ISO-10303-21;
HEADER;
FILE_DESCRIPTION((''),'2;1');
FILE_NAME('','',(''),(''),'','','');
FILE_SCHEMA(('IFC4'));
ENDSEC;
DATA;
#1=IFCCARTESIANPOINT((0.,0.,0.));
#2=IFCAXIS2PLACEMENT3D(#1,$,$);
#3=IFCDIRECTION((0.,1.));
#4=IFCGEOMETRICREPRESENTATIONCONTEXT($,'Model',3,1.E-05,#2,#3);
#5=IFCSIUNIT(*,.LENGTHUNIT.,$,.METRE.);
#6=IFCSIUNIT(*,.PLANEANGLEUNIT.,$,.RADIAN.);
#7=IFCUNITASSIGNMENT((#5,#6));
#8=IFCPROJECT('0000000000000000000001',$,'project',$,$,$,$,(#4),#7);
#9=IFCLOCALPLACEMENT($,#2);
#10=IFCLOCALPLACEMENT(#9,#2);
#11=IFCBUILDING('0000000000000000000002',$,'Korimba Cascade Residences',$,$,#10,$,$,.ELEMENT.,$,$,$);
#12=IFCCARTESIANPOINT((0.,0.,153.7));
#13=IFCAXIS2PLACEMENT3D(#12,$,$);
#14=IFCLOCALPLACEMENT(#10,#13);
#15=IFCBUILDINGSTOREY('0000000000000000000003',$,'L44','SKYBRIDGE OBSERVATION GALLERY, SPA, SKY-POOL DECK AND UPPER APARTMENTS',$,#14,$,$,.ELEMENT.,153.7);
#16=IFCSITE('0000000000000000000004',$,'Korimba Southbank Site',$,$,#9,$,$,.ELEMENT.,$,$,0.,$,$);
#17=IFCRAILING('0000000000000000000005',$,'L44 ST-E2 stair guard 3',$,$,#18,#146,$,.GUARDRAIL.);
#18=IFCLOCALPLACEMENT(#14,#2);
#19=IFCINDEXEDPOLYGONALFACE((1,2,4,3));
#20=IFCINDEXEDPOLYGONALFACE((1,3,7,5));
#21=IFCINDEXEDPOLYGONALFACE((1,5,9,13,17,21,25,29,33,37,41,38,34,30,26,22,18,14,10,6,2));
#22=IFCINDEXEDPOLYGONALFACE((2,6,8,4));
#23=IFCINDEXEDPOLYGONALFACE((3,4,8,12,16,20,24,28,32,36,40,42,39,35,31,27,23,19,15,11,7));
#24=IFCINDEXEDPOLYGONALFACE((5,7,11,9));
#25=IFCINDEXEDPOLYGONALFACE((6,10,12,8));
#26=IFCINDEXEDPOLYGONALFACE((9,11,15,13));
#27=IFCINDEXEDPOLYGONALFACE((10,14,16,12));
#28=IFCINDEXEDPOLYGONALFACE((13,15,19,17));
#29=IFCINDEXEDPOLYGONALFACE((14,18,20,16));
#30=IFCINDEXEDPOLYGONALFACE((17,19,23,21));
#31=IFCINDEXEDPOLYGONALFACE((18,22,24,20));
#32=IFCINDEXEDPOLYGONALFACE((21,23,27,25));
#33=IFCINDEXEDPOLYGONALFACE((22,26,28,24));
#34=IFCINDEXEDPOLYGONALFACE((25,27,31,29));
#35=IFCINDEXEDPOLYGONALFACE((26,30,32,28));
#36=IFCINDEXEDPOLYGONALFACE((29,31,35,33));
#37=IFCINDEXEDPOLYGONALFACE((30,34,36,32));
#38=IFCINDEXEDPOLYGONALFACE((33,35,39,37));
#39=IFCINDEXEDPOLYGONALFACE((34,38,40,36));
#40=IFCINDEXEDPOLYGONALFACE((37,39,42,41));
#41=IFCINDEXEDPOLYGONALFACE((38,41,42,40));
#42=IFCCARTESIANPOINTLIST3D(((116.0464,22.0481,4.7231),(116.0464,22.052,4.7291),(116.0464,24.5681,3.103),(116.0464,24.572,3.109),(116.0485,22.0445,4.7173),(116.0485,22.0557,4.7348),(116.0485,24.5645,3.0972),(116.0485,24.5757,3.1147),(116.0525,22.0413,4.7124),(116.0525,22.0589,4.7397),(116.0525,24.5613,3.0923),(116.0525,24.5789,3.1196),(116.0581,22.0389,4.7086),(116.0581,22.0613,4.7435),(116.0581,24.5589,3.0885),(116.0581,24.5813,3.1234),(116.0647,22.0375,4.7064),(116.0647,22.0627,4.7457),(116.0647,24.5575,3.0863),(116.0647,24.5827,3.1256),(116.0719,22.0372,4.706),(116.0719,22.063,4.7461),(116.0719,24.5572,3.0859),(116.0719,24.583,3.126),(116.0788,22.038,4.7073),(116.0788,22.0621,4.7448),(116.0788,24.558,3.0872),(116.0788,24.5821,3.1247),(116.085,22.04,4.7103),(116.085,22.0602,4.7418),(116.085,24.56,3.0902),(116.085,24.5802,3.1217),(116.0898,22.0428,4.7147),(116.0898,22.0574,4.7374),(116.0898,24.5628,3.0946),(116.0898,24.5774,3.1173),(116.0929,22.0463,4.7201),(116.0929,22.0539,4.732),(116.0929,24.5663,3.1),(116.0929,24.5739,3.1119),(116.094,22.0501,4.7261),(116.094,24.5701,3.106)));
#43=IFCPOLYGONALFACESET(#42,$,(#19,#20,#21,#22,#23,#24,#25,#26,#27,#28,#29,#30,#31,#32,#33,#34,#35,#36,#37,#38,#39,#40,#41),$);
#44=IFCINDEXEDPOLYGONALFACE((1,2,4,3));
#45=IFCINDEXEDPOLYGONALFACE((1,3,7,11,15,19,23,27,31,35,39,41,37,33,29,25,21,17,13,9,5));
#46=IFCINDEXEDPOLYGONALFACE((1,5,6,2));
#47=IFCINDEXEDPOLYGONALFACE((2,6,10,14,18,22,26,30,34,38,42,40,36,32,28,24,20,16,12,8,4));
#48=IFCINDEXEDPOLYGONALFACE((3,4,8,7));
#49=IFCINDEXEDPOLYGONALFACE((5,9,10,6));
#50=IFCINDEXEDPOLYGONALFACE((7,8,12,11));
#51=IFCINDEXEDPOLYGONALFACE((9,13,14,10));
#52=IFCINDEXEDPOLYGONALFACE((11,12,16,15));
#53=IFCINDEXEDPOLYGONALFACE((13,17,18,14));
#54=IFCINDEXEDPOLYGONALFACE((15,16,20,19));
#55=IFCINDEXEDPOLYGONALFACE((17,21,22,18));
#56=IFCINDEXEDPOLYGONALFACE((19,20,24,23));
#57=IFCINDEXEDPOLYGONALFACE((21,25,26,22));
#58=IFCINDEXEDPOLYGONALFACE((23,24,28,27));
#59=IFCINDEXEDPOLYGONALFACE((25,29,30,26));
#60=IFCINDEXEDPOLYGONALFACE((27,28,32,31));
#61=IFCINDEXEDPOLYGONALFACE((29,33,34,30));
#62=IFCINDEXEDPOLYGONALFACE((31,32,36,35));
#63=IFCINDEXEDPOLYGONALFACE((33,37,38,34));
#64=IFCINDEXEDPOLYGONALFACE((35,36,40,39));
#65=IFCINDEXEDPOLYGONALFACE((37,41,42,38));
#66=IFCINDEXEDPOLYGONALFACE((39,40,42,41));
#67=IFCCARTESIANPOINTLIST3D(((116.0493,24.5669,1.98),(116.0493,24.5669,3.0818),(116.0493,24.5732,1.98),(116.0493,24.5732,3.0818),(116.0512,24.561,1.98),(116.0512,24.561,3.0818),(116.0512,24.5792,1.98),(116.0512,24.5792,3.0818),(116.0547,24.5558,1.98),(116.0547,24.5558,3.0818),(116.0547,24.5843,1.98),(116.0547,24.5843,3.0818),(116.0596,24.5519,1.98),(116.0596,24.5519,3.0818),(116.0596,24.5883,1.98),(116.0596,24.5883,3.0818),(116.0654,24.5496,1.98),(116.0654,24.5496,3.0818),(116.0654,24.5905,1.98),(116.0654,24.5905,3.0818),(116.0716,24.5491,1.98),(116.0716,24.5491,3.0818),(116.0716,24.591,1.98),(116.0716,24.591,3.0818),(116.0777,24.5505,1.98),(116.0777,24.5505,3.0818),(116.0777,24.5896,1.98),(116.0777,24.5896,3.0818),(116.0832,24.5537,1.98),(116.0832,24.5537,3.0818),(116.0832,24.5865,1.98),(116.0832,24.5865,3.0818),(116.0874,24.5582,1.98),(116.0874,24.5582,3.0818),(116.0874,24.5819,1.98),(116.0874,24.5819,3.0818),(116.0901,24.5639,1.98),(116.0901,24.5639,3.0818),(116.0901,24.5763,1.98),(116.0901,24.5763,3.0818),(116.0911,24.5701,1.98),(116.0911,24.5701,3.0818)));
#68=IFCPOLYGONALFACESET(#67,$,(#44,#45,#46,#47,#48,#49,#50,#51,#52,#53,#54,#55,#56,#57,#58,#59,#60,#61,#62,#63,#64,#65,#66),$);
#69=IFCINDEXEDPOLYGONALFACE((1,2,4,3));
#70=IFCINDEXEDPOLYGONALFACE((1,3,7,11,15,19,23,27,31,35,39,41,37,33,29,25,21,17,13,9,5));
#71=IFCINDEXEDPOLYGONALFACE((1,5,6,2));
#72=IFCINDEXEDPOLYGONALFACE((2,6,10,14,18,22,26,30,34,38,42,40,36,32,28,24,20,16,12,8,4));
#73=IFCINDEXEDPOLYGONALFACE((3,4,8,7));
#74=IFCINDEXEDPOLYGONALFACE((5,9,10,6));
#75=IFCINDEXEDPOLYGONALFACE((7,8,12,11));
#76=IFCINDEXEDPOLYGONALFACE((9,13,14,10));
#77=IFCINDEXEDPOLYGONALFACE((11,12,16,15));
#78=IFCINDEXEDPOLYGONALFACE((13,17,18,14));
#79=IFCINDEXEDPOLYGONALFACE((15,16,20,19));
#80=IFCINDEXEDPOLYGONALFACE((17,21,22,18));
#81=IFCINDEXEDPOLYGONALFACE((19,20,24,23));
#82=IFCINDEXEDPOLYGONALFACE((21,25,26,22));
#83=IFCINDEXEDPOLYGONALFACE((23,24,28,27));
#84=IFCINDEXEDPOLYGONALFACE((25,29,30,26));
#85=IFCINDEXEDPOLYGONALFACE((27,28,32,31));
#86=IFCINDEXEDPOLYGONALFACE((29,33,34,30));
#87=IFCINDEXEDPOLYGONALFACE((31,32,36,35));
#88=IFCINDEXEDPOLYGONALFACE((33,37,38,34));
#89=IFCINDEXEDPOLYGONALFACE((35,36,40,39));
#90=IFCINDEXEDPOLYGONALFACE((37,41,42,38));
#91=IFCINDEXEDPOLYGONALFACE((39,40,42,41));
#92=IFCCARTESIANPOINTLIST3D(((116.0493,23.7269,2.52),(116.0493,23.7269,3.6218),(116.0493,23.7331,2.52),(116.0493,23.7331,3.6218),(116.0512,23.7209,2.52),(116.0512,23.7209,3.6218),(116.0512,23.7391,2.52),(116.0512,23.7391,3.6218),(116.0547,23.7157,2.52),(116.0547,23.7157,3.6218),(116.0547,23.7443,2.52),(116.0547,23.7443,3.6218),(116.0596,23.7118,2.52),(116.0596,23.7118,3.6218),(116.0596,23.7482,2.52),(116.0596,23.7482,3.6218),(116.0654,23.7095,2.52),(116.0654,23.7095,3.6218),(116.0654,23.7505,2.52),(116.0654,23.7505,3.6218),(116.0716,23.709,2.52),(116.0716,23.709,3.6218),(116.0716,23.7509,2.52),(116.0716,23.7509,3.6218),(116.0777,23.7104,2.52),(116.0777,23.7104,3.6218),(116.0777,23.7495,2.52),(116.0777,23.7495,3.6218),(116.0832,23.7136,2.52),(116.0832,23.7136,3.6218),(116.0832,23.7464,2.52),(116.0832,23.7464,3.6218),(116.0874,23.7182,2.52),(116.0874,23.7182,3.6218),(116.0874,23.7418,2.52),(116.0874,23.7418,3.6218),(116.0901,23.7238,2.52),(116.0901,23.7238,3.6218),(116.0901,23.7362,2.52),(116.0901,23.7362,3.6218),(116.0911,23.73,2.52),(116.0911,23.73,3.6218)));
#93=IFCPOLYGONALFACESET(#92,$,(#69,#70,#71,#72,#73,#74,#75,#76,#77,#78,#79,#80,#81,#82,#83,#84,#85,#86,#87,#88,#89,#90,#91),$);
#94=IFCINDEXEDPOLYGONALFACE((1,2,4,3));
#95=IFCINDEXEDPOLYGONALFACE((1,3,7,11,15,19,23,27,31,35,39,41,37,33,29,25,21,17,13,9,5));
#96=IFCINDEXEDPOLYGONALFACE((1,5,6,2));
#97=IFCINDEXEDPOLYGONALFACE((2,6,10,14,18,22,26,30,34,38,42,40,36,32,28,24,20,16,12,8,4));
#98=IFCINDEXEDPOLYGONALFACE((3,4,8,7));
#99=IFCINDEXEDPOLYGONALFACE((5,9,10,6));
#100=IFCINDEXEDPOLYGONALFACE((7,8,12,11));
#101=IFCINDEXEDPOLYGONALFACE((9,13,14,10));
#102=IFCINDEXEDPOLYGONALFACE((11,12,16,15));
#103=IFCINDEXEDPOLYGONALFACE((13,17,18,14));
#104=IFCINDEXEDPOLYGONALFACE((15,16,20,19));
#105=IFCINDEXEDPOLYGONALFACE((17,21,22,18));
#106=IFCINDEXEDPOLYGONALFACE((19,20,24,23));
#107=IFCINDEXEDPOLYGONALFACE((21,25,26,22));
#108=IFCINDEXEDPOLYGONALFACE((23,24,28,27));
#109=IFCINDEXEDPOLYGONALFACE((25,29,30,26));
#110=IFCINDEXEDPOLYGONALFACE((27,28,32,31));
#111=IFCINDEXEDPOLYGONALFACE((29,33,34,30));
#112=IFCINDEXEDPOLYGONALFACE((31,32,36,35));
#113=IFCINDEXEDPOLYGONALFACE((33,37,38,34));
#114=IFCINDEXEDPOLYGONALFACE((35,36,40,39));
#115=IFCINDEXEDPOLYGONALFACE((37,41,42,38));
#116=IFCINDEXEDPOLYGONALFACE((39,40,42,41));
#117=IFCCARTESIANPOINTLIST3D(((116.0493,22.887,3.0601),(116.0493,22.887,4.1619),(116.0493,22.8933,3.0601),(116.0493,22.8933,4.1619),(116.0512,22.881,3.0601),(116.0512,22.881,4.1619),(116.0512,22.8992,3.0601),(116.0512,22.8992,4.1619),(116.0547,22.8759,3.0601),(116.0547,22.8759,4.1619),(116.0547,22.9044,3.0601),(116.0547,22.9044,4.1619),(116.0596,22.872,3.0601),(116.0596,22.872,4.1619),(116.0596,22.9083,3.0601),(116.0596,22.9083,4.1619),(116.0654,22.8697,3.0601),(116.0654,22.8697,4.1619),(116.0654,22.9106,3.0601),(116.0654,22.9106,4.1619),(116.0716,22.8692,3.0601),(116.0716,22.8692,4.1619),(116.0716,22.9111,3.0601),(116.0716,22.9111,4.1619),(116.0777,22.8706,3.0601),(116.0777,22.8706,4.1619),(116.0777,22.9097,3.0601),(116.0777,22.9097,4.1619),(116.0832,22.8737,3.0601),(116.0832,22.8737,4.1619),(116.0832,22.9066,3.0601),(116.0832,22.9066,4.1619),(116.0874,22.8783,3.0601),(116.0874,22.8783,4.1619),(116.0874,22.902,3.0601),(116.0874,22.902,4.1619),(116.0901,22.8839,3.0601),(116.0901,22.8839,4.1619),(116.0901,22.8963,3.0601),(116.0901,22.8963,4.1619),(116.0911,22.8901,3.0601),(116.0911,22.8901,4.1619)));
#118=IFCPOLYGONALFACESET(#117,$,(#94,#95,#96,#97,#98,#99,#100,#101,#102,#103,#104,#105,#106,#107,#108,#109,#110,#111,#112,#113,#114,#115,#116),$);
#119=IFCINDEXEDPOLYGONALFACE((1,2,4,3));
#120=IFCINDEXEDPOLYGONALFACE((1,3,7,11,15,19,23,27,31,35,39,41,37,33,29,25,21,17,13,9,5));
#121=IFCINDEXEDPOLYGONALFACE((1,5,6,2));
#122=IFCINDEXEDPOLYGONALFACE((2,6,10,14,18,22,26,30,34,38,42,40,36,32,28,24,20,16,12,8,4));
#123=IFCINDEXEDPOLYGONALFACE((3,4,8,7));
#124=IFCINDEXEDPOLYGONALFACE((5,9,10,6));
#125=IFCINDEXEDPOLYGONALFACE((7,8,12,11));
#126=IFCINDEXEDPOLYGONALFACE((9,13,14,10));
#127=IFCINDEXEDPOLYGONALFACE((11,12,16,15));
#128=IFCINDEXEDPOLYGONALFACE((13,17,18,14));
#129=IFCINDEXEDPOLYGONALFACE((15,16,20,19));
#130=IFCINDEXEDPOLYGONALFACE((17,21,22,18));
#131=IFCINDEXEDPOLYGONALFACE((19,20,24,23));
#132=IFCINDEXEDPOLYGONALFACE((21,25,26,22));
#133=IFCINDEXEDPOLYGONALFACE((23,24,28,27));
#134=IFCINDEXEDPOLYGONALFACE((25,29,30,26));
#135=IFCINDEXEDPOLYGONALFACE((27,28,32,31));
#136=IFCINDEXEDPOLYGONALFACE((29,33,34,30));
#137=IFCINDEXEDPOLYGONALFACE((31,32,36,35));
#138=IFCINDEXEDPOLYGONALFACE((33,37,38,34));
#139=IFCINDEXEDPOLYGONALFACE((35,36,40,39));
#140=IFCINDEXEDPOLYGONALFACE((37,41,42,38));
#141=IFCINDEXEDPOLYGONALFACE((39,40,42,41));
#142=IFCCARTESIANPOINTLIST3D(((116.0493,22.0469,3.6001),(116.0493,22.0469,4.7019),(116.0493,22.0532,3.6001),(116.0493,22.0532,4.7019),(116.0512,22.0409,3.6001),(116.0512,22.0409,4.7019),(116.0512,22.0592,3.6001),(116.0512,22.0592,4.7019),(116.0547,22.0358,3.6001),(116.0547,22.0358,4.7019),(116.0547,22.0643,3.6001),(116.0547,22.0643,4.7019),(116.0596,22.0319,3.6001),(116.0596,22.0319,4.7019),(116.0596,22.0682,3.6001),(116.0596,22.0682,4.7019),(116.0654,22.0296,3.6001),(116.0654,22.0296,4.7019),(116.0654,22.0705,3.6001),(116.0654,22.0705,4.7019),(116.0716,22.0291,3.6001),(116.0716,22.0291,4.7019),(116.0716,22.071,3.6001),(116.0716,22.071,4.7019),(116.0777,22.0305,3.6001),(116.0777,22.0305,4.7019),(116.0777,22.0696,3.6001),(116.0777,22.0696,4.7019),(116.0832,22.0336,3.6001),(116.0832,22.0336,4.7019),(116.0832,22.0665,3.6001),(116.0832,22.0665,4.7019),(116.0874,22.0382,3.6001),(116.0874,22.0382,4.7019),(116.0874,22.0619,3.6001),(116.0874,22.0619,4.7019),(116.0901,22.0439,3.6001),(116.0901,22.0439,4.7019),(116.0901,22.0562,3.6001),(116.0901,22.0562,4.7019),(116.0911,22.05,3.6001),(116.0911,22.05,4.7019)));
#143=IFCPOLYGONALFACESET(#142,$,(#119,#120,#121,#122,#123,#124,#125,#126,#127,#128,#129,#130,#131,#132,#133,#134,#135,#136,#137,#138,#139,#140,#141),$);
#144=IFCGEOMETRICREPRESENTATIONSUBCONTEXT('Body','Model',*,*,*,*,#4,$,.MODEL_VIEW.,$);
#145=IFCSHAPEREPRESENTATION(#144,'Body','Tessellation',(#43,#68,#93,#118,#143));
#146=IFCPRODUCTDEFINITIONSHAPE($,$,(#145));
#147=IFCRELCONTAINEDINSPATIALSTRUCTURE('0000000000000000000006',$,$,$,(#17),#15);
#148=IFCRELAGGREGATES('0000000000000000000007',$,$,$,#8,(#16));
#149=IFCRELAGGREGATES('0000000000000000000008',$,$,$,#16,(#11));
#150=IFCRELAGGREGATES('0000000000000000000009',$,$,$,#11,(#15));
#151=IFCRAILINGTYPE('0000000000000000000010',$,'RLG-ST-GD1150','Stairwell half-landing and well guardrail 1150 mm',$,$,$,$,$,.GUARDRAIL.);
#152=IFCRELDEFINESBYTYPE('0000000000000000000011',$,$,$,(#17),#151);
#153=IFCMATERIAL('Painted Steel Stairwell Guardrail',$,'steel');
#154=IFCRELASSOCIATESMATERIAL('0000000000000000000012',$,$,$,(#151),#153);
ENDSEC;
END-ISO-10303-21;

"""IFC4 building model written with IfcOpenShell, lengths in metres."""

from ifc_helpers import new_model, si_unit, direction, frame, origin, origin_2d, place, context, subcontext, project, spatial, circle, extrude, material, type_object, element, save


model = new_model("IFC4")

# Units and contexts
model_context = context("Model", 3, precision=1e-05, world=origin(), true_north=direction((0.0, 1.0)))
body_context = subcontext(model_context, "Body", "Model", "MODEL_VIEW")
ifc_project = project(units=[si_unit("LENGTHUNIT", "METRE"), si_unit("PLANEANGLEUNIT", "RADIAN")], contexts=[model_context])

# Site, building, storey
site_placement = place(None, origin())
site = spatial("IfcSite", under=ifc_project, at=site_placement, Name="Korimba Southbank Site", CompositionType="ELEMENT", RefElevation=0.0)
building_placement = place(site_placement, origin())
building = spatial("IfcBuilding", under=site, at=building_placement, Name="Korimba Cascade Residences", CompositionType="ELEMENT")
storey_placement = place(building_placement, frame((0.0, 0.0, 153.7)))
storey = spatial("IfcBuildingStorey", under=building, at=storey_placement, Name="L44", Description="SKYBRIDGE OBSERVATION GALLERY, SPA, SKY-POOL DECK AND UPPER APARTMENTS", CompositionType="ELEMENT", Elevation=153.7)

# Railing
ifc_material_1 = material(Name="Painted Steel Stairwell Guardrail", Category="steel")
railing_type_1 = type_object("IfcRailingType", Name="RLG-ST-GD1150", Description="Stairwell half-landing and well guardrail 1150 mm", PredefinedType="GUARDRAIL", material=ifc_material_1)
railing_1_placement = place(storey_placement, frame((116.0701, 24.5701, 1.98)))
element("IfcRailing", 1, at=railing_1_placement, inside=storey, type_object=railing_type_1, Name="L44 ST-E2 stair guard 3", PredefinedType="GUARDRAIL", context=body_context, shape_type="SweptSolid", body=[
    extrude(circle(Radius=0.0239, at=origin_2d()), frame((0.0, 0.0, 1.126), z_axis=(0.0, -0.841163, 0.540782), x_axis=(1.0, 0.0, 0.0)), (0.0, 0.0, 1.0), 2.9958),
    extrude(circle(Radius=0.021, at=origin_2d()), origin(), (0.0, 0.0, 1.0), 1.1018),
    extrude(circle(Radius=0.021, at=origin_2d()), frame((0.0, -0.8401, 0.54)), (0.0, 0.0, 1.0), 1.1018),
    extrude(circle(Radius=0.021, at=origin_2d()), frame((0.0, -1.6799, 1.0801)), (0.0, 0.0, 1.0), 1.1018),
    extrude(circle(Radius=0.021, at=origin_2d()), frame((0.0, -2.52, 1.6201)), (0.0, 0.0, 1.0), 1.1018),
])

save(model, "model.ifc")
